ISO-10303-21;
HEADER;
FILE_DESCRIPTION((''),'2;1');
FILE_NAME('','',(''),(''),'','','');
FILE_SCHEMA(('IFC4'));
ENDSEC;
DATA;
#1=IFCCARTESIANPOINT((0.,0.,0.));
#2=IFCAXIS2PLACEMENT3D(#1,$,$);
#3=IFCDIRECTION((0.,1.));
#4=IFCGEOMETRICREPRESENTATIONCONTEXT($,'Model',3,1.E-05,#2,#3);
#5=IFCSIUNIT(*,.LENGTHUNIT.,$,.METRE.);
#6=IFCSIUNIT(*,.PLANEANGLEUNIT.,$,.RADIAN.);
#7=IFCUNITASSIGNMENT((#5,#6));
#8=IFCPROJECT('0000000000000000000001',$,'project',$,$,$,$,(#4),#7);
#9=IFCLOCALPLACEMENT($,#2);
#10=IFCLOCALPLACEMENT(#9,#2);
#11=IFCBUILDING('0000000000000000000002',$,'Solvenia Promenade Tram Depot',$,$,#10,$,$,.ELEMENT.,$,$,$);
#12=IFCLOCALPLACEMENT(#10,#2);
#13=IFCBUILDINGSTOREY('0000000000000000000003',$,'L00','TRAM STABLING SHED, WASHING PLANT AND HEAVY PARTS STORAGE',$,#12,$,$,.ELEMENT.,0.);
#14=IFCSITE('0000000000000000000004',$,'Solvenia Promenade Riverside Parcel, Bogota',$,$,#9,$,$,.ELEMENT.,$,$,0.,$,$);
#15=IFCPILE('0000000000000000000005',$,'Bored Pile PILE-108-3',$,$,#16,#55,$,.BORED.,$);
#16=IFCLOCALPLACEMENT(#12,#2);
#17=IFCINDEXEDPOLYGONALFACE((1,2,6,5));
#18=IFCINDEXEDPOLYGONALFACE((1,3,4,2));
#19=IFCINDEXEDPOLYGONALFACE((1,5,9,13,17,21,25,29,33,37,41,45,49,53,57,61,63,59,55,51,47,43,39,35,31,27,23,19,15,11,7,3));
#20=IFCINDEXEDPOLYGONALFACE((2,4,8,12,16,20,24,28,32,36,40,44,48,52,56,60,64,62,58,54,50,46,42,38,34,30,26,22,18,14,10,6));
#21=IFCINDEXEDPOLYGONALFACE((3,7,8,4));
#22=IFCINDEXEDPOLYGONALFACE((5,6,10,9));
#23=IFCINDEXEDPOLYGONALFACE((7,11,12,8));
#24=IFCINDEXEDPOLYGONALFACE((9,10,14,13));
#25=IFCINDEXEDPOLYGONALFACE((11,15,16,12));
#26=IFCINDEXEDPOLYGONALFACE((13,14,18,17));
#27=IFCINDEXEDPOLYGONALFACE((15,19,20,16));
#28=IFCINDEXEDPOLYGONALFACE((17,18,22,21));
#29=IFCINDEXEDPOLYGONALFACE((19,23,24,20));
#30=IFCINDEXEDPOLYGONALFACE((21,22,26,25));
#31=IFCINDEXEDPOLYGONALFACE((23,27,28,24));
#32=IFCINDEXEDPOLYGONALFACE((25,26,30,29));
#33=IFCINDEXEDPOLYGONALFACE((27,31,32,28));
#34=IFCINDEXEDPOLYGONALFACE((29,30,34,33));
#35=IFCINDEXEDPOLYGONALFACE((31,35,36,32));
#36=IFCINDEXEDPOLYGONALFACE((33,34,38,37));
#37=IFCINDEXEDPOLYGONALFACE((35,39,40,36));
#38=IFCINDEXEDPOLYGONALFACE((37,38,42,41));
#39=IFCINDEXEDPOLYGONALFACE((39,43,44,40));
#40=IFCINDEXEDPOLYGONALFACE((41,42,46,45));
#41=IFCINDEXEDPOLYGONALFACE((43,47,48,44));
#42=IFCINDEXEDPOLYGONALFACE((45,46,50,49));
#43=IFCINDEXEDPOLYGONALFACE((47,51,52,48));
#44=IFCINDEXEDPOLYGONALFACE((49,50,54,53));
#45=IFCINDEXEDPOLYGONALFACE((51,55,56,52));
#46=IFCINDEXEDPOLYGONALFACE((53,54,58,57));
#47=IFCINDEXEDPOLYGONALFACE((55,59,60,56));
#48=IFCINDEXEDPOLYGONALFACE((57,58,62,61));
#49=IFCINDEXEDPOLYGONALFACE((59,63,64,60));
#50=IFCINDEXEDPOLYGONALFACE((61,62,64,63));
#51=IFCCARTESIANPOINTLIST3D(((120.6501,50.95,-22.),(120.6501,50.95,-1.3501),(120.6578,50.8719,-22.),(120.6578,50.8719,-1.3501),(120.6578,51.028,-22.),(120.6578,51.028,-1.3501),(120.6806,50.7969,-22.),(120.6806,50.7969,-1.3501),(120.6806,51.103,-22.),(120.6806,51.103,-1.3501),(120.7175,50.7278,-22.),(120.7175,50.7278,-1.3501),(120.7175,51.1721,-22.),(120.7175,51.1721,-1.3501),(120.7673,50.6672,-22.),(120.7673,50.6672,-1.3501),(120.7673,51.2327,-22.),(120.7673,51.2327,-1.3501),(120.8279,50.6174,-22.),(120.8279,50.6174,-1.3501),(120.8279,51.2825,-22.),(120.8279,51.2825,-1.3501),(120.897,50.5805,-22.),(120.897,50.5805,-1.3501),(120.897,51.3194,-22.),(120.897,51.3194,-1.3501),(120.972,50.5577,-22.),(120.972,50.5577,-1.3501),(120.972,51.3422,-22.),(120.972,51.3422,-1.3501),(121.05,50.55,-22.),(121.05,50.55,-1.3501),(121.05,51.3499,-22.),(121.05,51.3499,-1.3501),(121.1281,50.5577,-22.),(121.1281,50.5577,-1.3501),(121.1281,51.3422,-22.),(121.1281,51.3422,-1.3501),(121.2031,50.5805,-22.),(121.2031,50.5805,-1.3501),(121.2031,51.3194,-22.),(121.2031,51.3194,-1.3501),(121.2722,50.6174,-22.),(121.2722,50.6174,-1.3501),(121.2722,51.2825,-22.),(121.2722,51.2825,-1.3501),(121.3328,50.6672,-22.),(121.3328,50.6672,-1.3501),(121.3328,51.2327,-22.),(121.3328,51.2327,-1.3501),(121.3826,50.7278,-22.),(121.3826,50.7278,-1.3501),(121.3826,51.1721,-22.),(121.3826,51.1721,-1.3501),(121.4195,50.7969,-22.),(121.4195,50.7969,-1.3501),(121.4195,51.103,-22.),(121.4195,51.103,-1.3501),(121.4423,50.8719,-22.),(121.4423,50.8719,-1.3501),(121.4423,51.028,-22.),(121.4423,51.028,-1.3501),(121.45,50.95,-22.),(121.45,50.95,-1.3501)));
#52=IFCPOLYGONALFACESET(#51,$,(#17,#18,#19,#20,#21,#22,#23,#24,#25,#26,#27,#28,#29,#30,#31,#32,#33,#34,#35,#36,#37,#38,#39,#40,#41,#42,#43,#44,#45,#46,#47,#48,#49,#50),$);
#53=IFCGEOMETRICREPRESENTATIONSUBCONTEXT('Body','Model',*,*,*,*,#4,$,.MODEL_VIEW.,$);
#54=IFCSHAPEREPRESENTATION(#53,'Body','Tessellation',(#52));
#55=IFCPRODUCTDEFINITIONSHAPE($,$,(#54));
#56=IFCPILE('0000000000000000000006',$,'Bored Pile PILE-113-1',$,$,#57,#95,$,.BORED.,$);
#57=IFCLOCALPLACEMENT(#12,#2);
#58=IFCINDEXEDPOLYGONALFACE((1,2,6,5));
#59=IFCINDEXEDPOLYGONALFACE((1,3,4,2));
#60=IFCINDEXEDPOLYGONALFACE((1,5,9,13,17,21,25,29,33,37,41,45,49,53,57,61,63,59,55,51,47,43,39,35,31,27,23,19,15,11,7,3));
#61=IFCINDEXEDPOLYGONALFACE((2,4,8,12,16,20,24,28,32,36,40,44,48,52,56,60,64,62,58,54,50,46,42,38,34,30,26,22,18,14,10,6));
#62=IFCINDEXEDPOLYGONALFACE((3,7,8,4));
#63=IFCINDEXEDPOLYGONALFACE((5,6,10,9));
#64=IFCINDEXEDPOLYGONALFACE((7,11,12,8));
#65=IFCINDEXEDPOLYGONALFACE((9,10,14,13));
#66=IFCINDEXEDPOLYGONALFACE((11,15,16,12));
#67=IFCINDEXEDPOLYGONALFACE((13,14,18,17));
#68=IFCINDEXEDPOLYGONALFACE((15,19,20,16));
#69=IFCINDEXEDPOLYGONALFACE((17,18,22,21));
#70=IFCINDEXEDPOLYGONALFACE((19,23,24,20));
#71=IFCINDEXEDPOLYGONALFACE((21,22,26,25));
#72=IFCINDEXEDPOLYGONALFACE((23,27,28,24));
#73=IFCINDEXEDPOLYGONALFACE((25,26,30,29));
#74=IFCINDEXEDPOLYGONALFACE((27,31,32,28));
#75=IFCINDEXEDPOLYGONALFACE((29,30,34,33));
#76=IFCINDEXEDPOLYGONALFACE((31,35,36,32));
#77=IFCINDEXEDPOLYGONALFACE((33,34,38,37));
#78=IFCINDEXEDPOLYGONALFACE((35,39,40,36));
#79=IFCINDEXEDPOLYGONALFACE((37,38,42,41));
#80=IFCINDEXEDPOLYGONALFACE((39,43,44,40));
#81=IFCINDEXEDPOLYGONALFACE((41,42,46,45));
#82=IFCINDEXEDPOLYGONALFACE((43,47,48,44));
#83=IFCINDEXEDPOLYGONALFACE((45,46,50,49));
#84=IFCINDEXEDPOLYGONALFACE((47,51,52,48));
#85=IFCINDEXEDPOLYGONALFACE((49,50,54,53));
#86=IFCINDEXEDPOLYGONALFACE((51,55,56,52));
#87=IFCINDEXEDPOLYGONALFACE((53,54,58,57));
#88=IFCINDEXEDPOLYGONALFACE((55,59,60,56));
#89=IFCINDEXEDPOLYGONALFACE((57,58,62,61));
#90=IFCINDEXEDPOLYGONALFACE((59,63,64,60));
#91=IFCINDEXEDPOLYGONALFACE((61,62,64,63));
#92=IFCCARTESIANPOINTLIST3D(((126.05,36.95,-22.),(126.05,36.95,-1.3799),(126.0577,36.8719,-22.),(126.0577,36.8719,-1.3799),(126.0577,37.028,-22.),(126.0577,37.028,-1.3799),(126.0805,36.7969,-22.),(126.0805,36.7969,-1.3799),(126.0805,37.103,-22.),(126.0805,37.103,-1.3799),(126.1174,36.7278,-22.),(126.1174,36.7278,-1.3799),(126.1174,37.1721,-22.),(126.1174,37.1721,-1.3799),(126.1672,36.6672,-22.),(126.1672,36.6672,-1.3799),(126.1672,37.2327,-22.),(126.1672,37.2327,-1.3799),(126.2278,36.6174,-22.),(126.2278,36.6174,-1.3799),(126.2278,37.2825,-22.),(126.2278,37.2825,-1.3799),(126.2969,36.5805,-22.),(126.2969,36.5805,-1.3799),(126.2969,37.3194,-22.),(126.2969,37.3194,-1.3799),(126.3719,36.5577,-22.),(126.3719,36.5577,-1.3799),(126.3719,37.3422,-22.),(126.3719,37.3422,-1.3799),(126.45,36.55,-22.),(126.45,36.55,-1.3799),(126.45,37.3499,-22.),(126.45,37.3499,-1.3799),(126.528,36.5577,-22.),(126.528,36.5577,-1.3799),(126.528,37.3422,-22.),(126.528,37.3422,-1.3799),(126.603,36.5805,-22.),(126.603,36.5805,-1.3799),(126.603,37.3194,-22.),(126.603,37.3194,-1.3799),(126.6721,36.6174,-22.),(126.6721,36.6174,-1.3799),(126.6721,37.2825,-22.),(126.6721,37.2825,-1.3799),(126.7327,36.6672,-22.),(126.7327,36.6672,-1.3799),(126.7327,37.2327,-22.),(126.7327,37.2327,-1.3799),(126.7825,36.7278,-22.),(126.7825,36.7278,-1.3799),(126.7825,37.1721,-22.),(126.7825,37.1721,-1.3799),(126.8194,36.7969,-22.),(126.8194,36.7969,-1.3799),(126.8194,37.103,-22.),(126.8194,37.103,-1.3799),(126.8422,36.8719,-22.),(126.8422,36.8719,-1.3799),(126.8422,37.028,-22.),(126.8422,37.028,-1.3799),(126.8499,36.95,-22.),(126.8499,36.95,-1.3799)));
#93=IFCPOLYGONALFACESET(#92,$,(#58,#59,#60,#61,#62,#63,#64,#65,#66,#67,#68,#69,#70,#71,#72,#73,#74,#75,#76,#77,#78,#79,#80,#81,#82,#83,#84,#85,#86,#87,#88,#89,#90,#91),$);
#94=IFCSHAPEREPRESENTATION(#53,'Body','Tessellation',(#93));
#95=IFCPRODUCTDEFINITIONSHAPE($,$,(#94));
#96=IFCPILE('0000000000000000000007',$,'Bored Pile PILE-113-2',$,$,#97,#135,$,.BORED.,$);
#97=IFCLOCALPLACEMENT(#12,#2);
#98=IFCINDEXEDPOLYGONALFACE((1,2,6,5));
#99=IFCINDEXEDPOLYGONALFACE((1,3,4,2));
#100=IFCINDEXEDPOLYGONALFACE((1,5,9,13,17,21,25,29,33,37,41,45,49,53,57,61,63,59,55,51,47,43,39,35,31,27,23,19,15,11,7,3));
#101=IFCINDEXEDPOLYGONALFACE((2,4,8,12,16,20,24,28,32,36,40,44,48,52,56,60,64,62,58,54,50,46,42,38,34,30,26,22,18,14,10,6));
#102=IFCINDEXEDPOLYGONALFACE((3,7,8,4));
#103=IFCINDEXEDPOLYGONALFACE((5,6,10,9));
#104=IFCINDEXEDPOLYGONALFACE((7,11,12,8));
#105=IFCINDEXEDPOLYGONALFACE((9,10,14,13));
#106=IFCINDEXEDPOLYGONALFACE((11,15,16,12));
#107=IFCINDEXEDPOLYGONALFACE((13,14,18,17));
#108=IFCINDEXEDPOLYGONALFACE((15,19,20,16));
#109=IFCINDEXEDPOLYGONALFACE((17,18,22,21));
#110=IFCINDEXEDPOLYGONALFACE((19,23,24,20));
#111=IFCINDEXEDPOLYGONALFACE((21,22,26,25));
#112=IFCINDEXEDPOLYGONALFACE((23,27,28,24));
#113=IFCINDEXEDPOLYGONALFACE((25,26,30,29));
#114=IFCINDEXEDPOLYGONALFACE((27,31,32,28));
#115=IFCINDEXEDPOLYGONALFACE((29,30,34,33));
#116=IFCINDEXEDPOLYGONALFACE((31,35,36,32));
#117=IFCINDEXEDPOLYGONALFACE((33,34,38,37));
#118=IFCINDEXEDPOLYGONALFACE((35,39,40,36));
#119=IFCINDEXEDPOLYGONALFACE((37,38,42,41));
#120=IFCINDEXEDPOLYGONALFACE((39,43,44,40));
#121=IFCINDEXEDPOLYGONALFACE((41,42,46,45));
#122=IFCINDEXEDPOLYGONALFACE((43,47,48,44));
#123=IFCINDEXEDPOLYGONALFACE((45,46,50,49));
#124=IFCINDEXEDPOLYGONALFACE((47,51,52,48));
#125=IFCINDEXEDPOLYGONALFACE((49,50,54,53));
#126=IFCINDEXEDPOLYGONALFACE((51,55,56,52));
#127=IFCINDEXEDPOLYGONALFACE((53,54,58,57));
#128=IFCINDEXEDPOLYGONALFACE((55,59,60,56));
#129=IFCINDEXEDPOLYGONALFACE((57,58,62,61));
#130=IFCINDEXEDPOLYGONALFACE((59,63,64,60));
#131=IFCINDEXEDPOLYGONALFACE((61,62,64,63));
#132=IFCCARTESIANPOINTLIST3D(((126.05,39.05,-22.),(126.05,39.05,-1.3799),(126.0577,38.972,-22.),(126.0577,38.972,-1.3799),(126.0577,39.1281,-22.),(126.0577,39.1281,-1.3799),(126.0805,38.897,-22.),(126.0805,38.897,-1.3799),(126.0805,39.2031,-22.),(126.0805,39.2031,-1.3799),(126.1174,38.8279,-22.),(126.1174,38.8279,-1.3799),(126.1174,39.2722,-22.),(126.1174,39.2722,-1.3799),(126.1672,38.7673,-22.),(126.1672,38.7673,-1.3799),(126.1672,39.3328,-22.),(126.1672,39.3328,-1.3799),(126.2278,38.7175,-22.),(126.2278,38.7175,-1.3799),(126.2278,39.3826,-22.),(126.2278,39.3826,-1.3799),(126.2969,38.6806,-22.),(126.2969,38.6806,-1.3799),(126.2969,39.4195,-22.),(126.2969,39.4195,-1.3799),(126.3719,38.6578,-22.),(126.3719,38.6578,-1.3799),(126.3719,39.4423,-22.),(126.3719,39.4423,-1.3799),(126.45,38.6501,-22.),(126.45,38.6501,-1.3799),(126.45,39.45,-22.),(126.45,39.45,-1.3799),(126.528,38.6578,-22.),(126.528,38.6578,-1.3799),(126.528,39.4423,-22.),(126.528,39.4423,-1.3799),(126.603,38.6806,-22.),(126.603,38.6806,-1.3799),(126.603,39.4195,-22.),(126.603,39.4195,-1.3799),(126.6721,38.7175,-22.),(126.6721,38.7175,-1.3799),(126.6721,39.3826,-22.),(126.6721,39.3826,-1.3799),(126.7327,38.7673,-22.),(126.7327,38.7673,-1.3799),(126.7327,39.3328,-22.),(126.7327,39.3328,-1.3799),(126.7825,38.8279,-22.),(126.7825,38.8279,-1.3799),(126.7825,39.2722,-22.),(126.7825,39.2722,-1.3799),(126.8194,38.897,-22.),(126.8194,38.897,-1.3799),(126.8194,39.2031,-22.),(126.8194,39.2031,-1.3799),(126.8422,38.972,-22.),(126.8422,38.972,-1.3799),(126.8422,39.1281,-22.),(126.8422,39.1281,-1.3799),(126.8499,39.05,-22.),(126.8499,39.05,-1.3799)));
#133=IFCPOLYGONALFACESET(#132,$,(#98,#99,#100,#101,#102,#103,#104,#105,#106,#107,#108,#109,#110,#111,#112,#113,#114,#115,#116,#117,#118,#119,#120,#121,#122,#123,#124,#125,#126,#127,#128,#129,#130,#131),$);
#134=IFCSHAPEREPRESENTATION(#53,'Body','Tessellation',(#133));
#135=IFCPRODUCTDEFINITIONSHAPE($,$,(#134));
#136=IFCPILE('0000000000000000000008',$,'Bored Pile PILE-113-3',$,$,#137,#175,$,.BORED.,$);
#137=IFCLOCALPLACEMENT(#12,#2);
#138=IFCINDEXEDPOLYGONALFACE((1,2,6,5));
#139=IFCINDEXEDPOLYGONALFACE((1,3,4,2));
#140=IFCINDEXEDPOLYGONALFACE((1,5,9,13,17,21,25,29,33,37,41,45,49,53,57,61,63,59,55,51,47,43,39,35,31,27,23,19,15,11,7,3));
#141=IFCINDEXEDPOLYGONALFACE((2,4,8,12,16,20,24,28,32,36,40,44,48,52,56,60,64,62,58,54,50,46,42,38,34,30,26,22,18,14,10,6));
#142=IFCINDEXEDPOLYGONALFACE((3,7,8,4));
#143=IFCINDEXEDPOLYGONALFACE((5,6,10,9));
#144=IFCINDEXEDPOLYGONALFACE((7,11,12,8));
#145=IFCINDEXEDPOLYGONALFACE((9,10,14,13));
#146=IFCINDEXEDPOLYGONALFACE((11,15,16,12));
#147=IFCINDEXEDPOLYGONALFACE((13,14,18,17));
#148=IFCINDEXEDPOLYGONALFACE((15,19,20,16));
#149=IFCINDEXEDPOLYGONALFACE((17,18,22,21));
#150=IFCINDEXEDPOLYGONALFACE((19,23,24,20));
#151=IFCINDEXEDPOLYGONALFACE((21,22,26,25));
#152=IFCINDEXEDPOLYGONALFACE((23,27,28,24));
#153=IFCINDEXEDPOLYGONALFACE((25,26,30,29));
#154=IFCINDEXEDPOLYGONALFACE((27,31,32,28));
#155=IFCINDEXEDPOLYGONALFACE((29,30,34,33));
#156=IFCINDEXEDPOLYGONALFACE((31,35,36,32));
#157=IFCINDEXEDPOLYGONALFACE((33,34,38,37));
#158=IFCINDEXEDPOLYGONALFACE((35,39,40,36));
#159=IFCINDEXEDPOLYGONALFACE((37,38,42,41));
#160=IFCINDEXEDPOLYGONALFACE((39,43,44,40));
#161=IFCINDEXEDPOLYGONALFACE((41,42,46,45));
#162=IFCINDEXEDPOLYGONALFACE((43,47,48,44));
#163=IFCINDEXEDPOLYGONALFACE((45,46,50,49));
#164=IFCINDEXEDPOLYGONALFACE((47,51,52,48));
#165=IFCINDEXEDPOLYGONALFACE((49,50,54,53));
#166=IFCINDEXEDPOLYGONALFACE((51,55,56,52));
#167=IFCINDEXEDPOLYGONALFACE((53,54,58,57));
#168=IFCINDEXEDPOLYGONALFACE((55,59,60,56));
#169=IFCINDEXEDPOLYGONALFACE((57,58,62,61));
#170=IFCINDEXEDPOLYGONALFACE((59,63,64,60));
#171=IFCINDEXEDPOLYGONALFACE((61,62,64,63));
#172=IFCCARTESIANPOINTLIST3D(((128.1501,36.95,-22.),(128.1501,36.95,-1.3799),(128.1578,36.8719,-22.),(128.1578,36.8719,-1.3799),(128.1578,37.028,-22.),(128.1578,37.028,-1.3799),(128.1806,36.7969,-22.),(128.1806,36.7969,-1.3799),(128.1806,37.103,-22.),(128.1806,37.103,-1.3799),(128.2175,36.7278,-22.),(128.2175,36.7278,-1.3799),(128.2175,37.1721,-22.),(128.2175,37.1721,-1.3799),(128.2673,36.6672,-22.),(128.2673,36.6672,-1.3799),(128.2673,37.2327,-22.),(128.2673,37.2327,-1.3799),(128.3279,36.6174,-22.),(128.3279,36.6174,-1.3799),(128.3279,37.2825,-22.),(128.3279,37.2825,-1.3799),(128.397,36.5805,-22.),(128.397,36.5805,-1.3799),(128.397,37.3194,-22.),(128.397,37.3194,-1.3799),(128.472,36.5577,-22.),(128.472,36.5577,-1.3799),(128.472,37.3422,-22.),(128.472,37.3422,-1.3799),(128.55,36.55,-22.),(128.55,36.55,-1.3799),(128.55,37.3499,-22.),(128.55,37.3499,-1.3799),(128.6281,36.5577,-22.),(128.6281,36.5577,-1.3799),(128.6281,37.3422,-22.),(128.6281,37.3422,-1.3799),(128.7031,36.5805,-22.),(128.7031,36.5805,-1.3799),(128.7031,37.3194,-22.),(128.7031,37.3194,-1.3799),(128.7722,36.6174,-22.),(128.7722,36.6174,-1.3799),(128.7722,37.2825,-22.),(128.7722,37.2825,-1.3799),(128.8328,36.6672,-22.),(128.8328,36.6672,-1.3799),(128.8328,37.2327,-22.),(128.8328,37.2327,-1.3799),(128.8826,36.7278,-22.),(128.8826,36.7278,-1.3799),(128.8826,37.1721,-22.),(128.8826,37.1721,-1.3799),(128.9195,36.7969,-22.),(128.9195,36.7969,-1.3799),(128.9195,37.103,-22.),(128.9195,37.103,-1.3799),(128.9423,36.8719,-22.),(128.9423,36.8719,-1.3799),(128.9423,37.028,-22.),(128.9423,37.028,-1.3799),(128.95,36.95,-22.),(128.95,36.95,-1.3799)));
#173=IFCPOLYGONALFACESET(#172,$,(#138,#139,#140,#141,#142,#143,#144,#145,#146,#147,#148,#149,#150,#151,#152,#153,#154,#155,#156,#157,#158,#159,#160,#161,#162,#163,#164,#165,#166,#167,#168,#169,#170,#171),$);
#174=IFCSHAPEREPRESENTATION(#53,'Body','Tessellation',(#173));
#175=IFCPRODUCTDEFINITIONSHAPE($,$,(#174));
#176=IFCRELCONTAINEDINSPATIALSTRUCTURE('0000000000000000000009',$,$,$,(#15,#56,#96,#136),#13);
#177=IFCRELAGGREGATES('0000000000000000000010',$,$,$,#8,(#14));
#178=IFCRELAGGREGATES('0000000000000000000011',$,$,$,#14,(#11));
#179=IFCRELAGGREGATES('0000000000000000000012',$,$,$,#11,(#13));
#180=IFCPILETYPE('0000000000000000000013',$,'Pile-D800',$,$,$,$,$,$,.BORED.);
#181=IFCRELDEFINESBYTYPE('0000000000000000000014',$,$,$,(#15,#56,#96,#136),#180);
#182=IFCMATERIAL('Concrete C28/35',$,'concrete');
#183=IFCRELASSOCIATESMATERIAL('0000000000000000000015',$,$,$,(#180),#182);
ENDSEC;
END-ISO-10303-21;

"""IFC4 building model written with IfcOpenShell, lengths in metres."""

from ifc_helpers import new_model, si_unit, direction, frame, origin, origin_2d, place, context, subcontext, project, spatial, circle, extrude, material, material_profile, profile_set, type_object, element, save


model = new_model("IFC4")

# Units and contexts
model_context = context("Model", 3, precision=1e-05, world=origin(), true_north=direction((0.0, 1.0)))
body_context = subcontext(model_context, "Body", "Model", "MODEL_VIEW")
ifc_project = project(units=[si_unit("LENGTHUNIT", "METRE"), si_unit("PLANEANGLEUNIT", "RADIAN")], contexts=[model_context])

# Site, building, storey
site_placement = place(None, origin())
site = spatial("IfcSite", under=ifc_project, at=site_placement, Name="Solvenia Promenade Riverside Parcel, Bogota", CompositionType="ELEMENT", RefElevation=0.0)
building_placement = place(site_placement, origin())
building = spatial("IfcBuilding", under=site, at=building_placement, Name="Solvenia Promenade Tram Depot", CompositionType="ELEMENT")
storey_placement = place(building_placement, origin())
storey = spatial("IfcBuildingStorey", under=building, at=storey_placement, Name="L00", Description="TRAM STABLING SHED, WASHING PLANT AND HEAVY PARTS STORAGE", CompositionType="ELEMENT", Elevation=0.0)

# Shared definitions
ifc_material_1 = material(Name="Concrete C28/35", Category="concrete")

# Piles
ifc_material_profile_1 = material_profile(ifc_material_1, circle(Radius=0.3999, at=origin_2d()), Name="D800", Category="concrete")
ifc_profile_set_1 = profile_set([ifc_material_profile_1], Name="Concrete C28/35")
pile_type_1 = type_object("IfcPileType", Name="Pile-D800", PredefinedType="BORED", material=ifc_profile_set_1)
for number, where, z_axis, x_axis, name in (
    (1, (121.05, 50.95, -1.3501), (0.0, 0.0, -1.0), (1.0, 0.0, 0.0), "Bored Pile PILE-108-3"),
):
    element("IfcPile", number, at=place(storey_placement, frame(where, z_axis=z_axis, x_axis=x_axis)), inside=storey, type_object=pile_type_1, Name=name, PredefinedType="BORED", context=body_context, shape_type="SweptSolid", body=[
        extrude(circle(Radius=0.3999, at=origin_2d()), origin(), (0.0, 0.0, 1.0), 20.6499),
    ])
for number, where, z_axis, x_axis, name in (
    (2, (126.45, 36.95, -1.3799), (0.0, 0.0, -1.0), (1.0, 0.0, 0.0), "Bored Pile PILE-113-1"),
    (3, (126.45, 39.05, -1.3799), (0.0, 0.0, -1.0), (1.0, 0.0, 0.0), "Bored Pile PILE-113-2"),
    (4, (128.55, 36.95, -1.3799), (0.0, 0.0, -1.0), (1.0, 0.0, 0.0), "Bored Pile PILE-113-3"),
):
    element("IfcPile", number, at=place(storey_placement, frame(where, z_axis=z_axis, x_axis=x_axis)), inside=storey, type_object=pile_type_1, Name=name, PredefinedType="BORED", context=body_context, shape_type="SweptSolid", body=[
        extrude(circle(Radius=0.3999, at=origin_2d()), origin(), (0.0, 0.0, 1.0), 20.6201),
    ])

save(model, "model.ifc")
